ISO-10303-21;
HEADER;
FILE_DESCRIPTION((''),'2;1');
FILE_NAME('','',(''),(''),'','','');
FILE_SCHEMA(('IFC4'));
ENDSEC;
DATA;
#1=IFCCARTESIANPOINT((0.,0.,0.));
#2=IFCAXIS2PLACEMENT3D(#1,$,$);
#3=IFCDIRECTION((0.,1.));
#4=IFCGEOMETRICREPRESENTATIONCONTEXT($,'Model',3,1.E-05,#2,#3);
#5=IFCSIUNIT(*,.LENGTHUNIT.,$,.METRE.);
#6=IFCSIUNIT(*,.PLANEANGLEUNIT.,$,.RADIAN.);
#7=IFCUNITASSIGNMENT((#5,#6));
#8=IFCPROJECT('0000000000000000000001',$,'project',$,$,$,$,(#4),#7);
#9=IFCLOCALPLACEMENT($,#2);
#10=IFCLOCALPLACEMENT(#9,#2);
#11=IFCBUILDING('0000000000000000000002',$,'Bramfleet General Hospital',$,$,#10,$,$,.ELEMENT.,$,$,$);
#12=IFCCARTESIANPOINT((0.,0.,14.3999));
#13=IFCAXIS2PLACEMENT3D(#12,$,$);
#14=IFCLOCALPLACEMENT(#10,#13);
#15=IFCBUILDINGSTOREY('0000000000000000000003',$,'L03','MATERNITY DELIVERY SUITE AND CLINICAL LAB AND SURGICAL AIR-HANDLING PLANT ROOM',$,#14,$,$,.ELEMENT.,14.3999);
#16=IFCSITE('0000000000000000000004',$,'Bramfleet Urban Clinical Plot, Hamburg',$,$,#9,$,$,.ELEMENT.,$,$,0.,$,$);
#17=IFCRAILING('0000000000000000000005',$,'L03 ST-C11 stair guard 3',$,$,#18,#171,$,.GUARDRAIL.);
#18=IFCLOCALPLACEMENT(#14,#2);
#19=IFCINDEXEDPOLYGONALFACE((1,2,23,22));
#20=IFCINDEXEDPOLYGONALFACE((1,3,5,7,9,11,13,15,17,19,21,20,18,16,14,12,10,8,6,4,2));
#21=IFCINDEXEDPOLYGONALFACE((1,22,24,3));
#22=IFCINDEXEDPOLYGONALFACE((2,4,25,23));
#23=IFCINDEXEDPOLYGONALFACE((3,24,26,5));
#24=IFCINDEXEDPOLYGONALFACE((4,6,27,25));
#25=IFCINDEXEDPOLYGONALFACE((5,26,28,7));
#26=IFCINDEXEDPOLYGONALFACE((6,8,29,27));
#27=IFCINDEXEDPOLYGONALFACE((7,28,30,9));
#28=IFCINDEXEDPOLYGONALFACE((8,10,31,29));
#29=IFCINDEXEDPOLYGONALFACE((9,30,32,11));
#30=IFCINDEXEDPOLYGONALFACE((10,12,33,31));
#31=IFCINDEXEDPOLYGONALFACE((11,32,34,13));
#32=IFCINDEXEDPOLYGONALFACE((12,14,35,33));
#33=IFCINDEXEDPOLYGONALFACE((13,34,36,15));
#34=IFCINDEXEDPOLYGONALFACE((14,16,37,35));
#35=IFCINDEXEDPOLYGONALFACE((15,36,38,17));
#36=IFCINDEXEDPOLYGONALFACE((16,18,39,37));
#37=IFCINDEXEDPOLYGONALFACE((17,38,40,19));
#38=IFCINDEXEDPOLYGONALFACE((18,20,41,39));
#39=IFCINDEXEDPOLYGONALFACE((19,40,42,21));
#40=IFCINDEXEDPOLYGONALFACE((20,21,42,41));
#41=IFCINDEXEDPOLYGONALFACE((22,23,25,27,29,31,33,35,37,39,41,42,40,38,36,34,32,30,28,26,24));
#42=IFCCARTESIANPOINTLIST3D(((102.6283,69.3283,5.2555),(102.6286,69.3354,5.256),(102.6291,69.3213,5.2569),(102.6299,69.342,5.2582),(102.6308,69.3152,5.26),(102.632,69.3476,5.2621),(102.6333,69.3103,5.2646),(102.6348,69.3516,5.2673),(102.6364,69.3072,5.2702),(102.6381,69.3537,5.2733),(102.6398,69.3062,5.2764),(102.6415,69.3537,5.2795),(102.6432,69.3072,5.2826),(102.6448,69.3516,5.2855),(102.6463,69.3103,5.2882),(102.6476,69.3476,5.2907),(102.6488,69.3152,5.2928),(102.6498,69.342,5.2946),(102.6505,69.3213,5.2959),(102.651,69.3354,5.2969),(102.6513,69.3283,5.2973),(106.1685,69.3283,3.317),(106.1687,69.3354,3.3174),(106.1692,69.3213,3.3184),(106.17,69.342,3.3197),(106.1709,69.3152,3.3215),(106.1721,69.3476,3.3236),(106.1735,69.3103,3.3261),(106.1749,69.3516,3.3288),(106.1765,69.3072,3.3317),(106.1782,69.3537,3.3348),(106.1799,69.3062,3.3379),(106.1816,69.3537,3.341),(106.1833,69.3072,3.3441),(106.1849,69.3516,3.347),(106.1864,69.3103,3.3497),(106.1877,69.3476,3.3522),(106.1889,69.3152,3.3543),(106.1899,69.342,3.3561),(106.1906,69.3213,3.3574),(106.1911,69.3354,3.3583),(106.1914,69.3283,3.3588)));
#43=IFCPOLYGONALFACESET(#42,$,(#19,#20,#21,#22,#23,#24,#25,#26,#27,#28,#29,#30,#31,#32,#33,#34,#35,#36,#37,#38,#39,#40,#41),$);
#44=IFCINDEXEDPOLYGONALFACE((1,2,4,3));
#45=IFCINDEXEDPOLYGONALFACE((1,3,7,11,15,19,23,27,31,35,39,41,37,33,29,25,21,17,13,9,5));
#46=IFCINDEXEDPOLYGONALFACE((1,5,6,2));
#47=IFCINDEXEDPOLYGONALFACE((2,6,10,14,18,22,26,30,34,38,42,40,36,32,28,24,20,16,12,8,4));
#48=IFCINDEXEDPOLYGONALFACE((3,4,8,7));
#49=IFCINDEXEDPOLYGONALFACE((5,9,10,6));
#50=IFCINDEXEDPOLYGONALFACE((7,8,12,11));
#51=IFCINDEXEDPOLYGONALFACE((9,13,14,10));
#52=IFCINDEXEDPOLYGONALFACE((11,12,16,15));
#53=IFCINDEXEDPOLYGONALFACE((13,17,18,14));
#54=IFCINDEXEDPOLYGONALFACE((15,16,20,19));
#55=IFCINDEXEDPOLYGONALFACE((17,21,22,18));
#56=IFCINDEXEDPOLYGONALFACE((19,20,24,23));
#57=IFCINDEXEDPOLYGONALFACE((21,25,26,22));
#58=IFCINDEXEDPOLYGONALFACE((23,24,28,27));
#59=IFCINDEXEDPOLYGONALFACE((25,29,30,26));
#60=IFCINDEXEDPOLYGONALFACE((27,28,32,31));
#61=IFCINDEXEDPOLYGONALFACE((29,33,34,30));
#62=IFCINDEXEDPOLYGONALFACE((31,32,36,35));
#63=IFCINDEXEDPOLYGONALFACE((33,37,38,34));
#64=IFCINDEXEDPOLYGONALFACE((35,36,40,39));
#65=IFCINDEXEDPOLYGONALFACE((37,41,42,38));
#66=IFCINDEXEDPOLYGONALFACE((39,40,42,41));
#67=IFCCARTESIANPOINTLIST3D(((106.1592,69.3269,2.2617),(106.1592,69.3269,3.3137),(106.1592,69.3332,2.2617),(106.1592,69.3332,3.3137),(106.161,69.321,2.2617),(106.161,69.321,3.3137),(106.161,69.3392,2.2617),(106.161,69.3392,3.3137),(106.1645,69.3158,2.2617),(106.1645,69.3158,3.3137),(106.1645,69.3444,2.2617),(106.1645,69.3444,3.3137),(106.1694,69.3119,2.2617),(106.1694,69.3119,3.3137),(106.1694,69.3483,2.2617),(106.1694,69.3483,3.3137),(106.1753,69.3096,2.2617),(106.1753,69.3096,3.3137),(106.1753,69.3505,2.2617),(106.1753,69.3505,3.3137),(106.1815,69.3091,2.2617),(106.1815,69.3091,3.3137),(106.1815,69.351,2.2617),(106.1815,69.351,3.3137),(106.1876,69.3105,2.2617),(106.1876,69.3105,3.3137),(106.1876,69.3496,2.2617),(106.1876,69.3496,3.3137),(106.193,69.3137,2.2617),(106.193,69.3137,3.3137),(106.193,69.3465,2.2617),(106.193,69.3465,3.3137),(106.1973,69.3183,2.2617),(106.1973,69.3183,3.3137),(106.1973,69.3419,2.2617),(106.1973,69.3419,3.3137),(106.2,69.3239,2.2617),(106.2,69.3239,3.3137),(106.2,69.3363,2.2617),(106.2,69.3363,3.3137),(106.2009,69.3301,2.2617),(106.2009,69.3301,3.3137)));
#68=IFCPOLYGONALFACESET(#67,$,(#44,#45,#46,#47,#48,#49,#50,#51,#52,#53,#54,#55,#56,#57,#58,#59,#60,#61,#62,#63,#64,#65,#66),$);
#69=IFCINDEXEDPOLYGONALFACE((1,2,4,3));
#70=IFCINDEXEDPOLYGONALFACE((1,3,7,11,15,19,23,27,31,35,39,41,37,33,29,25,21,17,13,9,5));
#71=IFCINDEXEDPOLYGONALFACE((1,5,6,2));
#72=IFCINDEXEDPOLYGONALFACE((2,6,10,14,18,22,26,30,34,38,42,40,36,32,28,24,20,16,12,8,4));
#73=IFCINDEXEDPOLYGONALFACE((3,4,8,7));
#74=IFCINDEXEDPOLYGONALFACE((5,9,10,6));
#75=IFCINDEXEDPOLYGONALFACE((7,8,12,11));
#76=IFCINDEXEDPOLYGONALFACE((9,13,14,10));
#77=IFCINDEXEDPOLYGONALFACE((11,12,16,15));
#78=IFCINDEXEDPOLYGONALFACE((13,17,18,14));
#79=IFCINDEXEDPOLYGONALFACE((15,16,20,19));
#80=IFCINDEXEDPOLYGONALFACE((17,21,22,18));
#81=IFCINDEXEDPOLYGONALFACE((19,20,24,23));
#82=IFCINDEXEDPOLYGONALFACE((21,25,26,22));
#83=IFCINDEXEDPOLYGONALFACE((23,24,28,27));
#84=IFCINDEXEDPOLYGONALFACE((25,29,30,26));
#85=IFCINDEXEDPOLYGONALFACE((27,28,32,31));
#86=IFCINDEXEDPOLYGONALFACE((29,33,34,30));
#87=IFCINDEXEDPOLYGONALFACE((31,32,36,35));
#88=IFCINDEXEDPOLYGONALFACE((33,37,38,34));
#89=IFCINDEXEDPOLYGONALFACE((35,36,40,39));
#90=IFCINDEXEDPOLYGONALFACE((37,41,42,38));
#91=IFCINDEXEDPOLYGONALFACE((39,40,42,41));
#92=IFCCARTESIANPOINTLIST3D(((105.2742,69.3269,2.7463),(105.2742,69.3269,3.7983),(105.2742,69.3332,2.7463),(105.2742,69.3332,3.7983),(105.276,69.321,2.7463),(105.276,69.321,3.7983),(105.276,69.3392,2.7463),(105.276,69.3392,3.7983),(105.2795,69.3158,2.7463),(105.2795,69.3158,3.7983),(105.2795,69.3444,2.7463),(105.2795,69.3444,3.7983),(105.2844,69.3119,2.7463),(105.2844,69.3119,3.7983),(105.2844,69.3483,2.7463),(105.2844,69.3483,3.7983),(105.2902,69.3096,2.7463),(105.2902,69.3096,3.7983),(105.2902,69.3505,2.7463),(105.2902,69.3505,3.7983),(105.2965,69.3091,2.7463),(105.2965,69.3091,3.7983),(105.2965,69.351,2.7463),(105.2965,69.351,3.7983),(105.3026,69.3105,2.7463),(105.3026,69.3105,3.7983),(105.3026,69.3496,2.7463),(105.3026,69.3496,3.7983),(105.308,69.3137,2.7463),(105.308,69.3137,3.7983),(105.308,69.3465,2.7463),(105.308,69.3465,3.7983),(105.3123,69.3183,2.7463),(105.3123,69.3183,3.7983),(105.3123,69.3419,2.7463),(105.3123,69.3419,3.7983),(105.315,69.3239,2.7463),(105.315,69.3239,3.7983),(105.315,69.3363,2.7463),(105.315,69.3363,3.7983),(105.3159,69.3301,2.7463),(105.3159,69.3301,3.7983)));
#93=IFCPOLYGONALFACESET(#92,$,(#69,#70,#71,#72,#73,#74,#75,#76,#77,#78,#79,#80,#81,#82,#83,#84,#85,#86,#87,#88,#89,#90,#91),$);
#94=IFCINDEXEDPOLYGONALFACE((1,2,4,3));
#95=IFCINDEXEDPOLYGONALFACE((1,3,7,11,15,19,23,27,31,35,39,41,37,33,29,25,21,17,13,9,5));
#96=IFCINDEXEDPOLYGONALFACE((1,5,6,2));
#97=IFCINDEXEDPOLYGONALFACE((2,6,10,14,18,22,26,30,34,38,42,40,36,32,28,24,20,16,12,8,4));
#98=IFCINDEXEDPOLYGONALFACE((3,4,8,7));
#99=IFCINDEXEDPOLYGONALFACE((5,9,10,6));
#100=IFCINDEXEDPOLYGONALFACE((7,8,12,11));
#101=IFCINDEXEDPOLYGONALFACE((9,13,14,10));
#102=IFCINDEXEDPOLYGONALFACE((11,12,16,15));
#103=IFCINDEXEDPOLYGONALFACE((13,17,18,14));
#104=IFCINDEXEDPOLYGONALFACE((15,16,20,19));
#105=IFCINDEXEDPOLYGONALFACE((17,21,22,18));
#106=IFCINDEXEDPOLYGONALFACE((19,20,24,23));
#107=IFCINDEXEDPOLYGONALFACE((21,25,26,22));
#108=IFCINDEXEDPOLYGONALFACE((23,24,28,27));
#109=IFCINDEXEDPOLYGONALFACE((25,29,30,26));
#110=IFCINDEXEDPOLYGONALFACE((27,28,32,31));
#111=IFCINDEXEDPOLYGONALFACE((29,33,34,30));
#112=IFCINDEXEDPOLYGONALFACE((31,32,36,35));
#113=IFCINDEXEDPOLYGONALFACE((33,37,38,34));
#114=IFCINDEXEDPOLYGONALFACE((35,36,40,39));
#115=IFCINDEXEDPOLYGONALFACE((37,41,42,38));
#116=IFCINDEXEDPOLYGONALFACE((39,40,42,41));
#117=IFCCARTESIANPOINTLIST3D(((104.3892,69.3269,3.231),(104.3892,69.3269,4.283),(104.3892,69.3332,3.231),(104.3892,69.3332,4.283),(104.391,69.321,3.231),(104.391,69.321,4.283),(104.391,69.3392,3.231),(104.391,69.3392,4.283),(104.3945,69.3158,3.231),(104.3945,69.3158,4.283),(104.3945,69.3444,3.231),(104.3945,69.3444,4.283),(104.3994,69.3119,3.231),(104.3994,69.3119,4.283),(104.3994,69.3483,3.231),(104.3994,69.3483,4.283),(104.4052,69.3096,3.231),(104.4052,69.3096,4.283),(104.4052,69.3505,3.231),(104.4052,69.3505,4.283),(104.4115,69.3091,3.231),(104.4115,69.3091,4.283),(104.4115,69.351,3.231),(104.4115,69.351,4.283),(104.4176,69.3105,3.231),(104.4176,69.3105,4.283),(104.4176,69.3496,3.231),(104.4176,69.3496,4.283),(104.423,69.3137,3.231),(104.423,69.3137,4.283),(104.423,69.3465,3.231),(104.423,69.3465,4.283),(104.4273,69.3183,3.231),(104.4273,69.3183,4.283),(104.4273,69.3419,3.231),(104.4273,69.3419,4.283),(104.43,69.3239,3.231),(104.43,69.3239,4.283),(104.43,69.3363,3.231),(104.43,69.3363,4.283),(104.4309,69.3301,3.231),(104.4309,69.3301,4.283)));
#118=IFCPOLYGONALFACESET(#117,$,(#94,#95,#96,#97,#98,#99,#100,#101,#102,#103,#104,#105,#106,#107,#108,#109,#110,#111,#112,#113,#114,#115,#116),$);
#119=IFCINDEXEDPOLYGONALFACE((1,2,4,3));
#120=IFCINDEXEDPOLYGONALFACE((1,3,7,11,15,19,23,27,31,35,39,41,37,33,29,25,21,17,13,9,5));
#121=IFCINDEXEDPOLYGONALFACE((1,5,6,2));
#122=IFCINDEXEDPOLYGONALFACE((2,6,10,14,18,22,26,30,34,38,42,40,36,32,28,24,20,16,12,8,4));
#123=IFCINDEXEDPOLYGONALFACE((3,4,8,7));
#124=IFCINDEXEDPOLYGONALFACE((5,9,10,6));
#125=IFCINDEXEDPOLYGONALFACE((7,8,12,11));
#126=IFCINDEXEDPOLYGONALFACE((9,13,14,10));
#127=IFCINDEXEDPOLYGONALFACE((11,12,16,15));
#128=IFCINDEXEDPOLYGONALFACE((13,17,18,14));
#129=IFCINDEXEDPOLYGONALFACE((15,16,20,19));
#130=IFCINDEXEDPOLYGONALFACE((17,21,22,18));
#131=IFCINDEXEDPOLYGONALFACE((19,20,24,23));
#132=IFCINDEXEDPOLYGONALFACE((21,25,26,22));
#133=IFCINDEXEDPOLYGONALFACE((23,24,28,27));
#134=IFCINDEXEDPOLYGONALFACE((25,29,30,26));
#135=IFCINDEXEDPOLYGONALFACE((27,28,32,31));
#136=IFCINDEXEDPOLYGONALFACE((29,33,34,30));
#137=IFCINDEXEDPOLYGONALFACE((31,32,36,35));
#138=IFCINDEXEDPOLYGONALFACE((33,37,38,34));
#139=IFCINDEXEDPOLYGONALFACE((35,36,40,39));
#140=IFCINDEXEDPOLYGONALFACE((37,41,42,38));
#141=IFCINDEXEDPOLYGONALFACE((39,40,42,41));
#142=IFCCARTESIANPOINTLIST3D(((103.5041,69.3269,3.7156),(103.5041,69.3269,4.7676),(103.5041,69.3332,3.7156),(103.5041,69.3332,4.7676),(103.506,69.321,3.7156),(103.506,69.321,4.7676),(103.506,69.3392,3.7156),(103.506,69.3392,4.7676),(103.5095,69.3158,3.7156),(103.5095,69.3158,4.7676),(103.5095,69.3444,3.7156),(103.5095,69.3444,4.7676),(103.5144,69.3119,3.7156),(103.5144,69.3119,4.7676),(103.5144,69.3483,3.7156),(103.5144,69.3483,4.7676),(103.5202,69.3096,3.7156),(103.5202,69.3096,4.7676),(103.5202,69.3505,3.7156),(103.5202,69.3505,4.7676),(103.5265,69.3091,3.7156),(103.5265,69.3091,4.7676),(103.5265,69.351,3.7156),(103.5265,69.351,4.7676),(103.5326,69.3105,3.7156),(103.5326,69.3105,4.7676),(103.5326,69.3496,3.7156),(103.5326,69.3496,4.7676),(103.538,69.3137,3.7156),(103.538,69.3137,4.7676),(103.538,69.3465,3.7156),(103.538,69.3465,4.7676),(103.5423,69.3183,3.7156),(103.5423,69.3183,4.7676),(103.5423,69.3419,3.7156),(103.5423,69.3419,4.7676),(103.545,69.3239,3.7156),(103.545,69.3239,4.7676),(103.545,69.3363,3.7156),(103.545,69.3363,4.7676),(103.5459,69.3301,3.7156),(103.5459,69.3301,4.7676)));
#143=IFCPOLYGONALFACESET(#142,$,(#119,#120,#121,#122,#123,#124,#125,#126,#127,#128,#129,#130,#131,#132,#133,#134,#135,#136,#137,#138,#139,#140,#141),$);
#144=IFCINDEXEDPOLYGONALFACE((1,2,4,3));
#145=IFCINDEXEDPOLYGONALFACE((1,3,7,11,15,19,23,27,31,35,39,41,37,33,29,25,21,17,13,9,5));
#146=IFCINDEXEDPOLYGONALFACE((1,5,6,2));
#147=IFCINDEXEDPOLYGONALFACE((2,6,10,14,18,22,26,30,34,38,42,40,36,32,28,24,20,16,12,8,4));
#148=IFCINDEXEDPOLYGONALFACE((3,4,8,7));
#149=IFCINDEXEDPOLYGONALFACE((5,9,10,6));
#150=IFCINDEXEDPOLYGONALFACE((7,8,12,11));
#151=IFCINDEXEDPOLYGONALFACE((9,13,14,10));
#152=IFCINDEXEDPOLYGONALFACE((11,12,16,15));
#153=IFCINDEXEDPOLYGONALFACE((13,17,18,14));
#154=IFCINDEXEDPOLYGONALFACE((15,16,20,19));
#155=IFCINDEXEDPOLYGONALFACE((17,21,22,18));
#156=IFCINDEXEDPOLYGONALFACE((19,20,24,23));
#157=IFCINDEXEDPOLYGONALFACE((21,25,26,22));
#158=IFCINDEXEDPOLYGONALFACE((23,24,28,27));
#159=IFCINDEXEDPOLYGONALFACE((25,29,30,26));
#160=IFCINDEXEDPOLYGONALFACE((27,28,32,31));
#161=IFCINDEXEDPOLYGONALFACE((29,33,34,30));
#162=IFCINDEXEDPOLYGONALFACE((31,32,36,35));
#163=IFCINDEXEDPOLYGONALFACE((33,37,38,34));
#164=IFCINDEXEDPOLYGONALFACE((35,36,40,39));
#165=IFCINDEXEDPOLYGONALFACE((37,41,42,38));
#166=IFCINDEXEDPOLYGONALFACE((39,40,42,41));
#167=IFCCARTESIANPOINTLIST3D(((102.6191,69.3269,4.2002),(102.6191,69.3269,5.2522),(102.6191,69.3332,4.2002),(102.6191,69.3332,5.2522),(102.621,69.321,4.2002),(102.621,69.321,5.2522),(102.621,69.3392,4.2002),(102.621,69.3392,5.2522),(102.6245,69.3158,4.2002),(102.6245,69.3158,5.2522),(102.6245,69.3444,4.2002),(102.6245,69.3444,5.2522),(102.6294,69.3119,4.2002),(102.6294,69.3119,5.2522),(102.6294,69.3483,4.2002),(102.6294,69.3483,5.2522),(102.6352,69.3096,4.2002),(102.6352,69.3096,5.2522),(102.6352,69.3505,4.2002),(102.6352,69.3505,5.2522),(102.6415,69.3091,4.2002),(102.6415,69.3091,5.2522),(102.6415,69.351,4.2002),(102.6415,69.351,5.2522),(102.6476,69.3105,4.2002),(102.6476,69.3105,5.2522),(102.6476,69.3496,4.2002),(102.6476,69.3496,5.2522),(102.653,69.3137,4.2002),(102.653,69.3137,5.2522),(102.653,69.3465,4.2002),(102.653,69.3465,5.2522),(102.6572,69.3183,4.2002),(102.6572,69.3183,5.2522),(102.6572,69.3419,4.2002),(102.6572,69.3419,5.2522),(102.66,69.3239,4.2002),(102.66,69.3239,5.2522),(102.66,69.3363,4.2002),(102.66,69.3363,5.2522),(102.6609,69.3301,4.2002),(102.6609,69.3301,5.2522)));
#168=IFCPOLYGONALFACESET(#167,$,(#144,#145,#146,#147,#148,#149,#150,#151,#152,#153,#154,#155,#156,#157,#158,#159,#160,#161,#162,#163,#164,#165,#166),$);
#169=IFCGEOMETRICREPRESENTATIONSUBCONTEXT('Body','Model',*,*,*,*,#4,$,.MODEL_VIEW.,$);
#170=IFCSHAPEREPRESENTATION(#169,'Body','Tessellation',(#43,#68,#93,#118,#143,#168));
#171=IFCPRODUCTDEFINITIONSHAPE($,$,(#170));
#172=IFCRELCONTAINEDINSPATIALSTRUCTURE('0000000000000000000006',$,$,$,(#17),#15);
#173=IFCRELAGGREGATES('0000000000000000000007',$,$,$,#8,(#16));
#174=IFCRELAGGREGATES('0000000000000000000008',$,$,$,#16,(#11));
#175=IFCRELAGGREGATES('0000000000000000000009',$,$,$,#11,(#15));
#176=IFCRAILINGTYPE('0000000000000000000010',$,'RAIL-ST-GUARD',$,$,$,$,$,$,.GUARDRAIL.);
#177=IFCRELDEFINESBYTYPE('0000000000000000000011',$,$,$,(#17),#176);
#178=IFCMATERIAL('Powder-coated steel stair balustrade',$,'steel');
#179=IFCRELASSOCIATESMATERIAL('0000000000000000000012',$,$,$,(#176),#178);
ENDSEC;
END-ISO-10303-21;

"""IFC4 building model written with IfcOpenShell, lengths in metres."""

from ifc_helpers import new_model, si_unit, direction, frame, origin, origin_2d, place, context, subcontext, project, spatial, circle, extrude, material, type_object, element, save


model = new_model("IFC4")

# Units and contexts
model_context = context("Model", 3, precision=1e-05, world=origin(), true_north=direction((0.0, 1.0)))
body_context = subcontext(model_context, "Body", "Model", "MODEL_VIEW")
ifc_project = project(units=[si_unit("LENGTHUNIT", "METRE"), si_unit("PLANEANGLEUNIT", "RADIAN")], contexts=[model_context])

# Site, building, storey
site_placement = place(None, origin())
site = spatial("IfcSite", under=ifc_project, at=site_placement, Name="Bramfleet Urban Clinical Plot, Hamburg", CompositionType="ELEMENT", RefElevation=0.0)
building_placement = place(site_placement, origin())
building = spatial("IfcBuilding", under=site, at=building_placement, Name="Bramfleet General Hospital", CompositionType="ELEMENT")
storey_placement = place(building_placement, frame((0.0, 0.0, 14.3999)))
storey = spatial("IfcBuildingStorey", under=building, at=storey_placement, Name="L03", Description="MATERNITY DELIVERY SUITE AND CLINICAL LAB AND SURGICAL AIR-HANDLING PLANT ROOM", CompositionType="ELEMENT", Elevation=14.3999)

# Railing
ifc_material_1 = material(Name="Powder-coated steel stair balustrade", Category="steel")
railing_type_1 = type_object("IfcRailingType", Name="RAIL-ST-GUARD", PredefinedType="GUARDRAIL", material=ifc_material_1)
railing_1_placement = place(storey_placement, frame((106.1799, 69.3301, 2.2617)))
element("IfcRailing", 1, at=railing_1_placement, inside=storey, type_object=railing_type_1, Name="L03 ST-C11 stair guard 3", PredefinedType="GUARDRAIL", context=body_context, shape_type="SweptSolid", body=[
    extrude(circle(Radius=0.0239, at=origin_2d()), frame((0.0, 0.0, 1.0762), z_axis=(-0.877108, 0.0, 0.480292), x_axis=(0.0, -1.0, 0.0)), (0.0, 0.0, 1.0), 4.0361),
    extrude(circle(Radius=0.021, at=origin_2d()), origin(), (0.0, 0.0, 1.0), 1.052),
    extrude(circle(Radius=0.021, at=origin_2d()), frame((-0.885, 0.0, 0.4846)), (0.0, 0.0, 1.0), 1.052),
    extrude(circle(Radius=0.021, at=origin_2d()), frame((-1.77, 0.0, 0.9692)), (0.0, 0.0, 1.0), 1.052),
    extrude(circle(Radius=0.021, at=origin_2d()), frame((-2.655, 0.0, 1.4539)), (0.0, 0.0, 1.0), 1.052),
    extrude(circle(Radius=0.021, at=origin_2d()), frame((-3.54, 0.0, 1.9385)), (0.0, 0.0, 1.0), 1.052),
])

save(model, "model.ifc")
